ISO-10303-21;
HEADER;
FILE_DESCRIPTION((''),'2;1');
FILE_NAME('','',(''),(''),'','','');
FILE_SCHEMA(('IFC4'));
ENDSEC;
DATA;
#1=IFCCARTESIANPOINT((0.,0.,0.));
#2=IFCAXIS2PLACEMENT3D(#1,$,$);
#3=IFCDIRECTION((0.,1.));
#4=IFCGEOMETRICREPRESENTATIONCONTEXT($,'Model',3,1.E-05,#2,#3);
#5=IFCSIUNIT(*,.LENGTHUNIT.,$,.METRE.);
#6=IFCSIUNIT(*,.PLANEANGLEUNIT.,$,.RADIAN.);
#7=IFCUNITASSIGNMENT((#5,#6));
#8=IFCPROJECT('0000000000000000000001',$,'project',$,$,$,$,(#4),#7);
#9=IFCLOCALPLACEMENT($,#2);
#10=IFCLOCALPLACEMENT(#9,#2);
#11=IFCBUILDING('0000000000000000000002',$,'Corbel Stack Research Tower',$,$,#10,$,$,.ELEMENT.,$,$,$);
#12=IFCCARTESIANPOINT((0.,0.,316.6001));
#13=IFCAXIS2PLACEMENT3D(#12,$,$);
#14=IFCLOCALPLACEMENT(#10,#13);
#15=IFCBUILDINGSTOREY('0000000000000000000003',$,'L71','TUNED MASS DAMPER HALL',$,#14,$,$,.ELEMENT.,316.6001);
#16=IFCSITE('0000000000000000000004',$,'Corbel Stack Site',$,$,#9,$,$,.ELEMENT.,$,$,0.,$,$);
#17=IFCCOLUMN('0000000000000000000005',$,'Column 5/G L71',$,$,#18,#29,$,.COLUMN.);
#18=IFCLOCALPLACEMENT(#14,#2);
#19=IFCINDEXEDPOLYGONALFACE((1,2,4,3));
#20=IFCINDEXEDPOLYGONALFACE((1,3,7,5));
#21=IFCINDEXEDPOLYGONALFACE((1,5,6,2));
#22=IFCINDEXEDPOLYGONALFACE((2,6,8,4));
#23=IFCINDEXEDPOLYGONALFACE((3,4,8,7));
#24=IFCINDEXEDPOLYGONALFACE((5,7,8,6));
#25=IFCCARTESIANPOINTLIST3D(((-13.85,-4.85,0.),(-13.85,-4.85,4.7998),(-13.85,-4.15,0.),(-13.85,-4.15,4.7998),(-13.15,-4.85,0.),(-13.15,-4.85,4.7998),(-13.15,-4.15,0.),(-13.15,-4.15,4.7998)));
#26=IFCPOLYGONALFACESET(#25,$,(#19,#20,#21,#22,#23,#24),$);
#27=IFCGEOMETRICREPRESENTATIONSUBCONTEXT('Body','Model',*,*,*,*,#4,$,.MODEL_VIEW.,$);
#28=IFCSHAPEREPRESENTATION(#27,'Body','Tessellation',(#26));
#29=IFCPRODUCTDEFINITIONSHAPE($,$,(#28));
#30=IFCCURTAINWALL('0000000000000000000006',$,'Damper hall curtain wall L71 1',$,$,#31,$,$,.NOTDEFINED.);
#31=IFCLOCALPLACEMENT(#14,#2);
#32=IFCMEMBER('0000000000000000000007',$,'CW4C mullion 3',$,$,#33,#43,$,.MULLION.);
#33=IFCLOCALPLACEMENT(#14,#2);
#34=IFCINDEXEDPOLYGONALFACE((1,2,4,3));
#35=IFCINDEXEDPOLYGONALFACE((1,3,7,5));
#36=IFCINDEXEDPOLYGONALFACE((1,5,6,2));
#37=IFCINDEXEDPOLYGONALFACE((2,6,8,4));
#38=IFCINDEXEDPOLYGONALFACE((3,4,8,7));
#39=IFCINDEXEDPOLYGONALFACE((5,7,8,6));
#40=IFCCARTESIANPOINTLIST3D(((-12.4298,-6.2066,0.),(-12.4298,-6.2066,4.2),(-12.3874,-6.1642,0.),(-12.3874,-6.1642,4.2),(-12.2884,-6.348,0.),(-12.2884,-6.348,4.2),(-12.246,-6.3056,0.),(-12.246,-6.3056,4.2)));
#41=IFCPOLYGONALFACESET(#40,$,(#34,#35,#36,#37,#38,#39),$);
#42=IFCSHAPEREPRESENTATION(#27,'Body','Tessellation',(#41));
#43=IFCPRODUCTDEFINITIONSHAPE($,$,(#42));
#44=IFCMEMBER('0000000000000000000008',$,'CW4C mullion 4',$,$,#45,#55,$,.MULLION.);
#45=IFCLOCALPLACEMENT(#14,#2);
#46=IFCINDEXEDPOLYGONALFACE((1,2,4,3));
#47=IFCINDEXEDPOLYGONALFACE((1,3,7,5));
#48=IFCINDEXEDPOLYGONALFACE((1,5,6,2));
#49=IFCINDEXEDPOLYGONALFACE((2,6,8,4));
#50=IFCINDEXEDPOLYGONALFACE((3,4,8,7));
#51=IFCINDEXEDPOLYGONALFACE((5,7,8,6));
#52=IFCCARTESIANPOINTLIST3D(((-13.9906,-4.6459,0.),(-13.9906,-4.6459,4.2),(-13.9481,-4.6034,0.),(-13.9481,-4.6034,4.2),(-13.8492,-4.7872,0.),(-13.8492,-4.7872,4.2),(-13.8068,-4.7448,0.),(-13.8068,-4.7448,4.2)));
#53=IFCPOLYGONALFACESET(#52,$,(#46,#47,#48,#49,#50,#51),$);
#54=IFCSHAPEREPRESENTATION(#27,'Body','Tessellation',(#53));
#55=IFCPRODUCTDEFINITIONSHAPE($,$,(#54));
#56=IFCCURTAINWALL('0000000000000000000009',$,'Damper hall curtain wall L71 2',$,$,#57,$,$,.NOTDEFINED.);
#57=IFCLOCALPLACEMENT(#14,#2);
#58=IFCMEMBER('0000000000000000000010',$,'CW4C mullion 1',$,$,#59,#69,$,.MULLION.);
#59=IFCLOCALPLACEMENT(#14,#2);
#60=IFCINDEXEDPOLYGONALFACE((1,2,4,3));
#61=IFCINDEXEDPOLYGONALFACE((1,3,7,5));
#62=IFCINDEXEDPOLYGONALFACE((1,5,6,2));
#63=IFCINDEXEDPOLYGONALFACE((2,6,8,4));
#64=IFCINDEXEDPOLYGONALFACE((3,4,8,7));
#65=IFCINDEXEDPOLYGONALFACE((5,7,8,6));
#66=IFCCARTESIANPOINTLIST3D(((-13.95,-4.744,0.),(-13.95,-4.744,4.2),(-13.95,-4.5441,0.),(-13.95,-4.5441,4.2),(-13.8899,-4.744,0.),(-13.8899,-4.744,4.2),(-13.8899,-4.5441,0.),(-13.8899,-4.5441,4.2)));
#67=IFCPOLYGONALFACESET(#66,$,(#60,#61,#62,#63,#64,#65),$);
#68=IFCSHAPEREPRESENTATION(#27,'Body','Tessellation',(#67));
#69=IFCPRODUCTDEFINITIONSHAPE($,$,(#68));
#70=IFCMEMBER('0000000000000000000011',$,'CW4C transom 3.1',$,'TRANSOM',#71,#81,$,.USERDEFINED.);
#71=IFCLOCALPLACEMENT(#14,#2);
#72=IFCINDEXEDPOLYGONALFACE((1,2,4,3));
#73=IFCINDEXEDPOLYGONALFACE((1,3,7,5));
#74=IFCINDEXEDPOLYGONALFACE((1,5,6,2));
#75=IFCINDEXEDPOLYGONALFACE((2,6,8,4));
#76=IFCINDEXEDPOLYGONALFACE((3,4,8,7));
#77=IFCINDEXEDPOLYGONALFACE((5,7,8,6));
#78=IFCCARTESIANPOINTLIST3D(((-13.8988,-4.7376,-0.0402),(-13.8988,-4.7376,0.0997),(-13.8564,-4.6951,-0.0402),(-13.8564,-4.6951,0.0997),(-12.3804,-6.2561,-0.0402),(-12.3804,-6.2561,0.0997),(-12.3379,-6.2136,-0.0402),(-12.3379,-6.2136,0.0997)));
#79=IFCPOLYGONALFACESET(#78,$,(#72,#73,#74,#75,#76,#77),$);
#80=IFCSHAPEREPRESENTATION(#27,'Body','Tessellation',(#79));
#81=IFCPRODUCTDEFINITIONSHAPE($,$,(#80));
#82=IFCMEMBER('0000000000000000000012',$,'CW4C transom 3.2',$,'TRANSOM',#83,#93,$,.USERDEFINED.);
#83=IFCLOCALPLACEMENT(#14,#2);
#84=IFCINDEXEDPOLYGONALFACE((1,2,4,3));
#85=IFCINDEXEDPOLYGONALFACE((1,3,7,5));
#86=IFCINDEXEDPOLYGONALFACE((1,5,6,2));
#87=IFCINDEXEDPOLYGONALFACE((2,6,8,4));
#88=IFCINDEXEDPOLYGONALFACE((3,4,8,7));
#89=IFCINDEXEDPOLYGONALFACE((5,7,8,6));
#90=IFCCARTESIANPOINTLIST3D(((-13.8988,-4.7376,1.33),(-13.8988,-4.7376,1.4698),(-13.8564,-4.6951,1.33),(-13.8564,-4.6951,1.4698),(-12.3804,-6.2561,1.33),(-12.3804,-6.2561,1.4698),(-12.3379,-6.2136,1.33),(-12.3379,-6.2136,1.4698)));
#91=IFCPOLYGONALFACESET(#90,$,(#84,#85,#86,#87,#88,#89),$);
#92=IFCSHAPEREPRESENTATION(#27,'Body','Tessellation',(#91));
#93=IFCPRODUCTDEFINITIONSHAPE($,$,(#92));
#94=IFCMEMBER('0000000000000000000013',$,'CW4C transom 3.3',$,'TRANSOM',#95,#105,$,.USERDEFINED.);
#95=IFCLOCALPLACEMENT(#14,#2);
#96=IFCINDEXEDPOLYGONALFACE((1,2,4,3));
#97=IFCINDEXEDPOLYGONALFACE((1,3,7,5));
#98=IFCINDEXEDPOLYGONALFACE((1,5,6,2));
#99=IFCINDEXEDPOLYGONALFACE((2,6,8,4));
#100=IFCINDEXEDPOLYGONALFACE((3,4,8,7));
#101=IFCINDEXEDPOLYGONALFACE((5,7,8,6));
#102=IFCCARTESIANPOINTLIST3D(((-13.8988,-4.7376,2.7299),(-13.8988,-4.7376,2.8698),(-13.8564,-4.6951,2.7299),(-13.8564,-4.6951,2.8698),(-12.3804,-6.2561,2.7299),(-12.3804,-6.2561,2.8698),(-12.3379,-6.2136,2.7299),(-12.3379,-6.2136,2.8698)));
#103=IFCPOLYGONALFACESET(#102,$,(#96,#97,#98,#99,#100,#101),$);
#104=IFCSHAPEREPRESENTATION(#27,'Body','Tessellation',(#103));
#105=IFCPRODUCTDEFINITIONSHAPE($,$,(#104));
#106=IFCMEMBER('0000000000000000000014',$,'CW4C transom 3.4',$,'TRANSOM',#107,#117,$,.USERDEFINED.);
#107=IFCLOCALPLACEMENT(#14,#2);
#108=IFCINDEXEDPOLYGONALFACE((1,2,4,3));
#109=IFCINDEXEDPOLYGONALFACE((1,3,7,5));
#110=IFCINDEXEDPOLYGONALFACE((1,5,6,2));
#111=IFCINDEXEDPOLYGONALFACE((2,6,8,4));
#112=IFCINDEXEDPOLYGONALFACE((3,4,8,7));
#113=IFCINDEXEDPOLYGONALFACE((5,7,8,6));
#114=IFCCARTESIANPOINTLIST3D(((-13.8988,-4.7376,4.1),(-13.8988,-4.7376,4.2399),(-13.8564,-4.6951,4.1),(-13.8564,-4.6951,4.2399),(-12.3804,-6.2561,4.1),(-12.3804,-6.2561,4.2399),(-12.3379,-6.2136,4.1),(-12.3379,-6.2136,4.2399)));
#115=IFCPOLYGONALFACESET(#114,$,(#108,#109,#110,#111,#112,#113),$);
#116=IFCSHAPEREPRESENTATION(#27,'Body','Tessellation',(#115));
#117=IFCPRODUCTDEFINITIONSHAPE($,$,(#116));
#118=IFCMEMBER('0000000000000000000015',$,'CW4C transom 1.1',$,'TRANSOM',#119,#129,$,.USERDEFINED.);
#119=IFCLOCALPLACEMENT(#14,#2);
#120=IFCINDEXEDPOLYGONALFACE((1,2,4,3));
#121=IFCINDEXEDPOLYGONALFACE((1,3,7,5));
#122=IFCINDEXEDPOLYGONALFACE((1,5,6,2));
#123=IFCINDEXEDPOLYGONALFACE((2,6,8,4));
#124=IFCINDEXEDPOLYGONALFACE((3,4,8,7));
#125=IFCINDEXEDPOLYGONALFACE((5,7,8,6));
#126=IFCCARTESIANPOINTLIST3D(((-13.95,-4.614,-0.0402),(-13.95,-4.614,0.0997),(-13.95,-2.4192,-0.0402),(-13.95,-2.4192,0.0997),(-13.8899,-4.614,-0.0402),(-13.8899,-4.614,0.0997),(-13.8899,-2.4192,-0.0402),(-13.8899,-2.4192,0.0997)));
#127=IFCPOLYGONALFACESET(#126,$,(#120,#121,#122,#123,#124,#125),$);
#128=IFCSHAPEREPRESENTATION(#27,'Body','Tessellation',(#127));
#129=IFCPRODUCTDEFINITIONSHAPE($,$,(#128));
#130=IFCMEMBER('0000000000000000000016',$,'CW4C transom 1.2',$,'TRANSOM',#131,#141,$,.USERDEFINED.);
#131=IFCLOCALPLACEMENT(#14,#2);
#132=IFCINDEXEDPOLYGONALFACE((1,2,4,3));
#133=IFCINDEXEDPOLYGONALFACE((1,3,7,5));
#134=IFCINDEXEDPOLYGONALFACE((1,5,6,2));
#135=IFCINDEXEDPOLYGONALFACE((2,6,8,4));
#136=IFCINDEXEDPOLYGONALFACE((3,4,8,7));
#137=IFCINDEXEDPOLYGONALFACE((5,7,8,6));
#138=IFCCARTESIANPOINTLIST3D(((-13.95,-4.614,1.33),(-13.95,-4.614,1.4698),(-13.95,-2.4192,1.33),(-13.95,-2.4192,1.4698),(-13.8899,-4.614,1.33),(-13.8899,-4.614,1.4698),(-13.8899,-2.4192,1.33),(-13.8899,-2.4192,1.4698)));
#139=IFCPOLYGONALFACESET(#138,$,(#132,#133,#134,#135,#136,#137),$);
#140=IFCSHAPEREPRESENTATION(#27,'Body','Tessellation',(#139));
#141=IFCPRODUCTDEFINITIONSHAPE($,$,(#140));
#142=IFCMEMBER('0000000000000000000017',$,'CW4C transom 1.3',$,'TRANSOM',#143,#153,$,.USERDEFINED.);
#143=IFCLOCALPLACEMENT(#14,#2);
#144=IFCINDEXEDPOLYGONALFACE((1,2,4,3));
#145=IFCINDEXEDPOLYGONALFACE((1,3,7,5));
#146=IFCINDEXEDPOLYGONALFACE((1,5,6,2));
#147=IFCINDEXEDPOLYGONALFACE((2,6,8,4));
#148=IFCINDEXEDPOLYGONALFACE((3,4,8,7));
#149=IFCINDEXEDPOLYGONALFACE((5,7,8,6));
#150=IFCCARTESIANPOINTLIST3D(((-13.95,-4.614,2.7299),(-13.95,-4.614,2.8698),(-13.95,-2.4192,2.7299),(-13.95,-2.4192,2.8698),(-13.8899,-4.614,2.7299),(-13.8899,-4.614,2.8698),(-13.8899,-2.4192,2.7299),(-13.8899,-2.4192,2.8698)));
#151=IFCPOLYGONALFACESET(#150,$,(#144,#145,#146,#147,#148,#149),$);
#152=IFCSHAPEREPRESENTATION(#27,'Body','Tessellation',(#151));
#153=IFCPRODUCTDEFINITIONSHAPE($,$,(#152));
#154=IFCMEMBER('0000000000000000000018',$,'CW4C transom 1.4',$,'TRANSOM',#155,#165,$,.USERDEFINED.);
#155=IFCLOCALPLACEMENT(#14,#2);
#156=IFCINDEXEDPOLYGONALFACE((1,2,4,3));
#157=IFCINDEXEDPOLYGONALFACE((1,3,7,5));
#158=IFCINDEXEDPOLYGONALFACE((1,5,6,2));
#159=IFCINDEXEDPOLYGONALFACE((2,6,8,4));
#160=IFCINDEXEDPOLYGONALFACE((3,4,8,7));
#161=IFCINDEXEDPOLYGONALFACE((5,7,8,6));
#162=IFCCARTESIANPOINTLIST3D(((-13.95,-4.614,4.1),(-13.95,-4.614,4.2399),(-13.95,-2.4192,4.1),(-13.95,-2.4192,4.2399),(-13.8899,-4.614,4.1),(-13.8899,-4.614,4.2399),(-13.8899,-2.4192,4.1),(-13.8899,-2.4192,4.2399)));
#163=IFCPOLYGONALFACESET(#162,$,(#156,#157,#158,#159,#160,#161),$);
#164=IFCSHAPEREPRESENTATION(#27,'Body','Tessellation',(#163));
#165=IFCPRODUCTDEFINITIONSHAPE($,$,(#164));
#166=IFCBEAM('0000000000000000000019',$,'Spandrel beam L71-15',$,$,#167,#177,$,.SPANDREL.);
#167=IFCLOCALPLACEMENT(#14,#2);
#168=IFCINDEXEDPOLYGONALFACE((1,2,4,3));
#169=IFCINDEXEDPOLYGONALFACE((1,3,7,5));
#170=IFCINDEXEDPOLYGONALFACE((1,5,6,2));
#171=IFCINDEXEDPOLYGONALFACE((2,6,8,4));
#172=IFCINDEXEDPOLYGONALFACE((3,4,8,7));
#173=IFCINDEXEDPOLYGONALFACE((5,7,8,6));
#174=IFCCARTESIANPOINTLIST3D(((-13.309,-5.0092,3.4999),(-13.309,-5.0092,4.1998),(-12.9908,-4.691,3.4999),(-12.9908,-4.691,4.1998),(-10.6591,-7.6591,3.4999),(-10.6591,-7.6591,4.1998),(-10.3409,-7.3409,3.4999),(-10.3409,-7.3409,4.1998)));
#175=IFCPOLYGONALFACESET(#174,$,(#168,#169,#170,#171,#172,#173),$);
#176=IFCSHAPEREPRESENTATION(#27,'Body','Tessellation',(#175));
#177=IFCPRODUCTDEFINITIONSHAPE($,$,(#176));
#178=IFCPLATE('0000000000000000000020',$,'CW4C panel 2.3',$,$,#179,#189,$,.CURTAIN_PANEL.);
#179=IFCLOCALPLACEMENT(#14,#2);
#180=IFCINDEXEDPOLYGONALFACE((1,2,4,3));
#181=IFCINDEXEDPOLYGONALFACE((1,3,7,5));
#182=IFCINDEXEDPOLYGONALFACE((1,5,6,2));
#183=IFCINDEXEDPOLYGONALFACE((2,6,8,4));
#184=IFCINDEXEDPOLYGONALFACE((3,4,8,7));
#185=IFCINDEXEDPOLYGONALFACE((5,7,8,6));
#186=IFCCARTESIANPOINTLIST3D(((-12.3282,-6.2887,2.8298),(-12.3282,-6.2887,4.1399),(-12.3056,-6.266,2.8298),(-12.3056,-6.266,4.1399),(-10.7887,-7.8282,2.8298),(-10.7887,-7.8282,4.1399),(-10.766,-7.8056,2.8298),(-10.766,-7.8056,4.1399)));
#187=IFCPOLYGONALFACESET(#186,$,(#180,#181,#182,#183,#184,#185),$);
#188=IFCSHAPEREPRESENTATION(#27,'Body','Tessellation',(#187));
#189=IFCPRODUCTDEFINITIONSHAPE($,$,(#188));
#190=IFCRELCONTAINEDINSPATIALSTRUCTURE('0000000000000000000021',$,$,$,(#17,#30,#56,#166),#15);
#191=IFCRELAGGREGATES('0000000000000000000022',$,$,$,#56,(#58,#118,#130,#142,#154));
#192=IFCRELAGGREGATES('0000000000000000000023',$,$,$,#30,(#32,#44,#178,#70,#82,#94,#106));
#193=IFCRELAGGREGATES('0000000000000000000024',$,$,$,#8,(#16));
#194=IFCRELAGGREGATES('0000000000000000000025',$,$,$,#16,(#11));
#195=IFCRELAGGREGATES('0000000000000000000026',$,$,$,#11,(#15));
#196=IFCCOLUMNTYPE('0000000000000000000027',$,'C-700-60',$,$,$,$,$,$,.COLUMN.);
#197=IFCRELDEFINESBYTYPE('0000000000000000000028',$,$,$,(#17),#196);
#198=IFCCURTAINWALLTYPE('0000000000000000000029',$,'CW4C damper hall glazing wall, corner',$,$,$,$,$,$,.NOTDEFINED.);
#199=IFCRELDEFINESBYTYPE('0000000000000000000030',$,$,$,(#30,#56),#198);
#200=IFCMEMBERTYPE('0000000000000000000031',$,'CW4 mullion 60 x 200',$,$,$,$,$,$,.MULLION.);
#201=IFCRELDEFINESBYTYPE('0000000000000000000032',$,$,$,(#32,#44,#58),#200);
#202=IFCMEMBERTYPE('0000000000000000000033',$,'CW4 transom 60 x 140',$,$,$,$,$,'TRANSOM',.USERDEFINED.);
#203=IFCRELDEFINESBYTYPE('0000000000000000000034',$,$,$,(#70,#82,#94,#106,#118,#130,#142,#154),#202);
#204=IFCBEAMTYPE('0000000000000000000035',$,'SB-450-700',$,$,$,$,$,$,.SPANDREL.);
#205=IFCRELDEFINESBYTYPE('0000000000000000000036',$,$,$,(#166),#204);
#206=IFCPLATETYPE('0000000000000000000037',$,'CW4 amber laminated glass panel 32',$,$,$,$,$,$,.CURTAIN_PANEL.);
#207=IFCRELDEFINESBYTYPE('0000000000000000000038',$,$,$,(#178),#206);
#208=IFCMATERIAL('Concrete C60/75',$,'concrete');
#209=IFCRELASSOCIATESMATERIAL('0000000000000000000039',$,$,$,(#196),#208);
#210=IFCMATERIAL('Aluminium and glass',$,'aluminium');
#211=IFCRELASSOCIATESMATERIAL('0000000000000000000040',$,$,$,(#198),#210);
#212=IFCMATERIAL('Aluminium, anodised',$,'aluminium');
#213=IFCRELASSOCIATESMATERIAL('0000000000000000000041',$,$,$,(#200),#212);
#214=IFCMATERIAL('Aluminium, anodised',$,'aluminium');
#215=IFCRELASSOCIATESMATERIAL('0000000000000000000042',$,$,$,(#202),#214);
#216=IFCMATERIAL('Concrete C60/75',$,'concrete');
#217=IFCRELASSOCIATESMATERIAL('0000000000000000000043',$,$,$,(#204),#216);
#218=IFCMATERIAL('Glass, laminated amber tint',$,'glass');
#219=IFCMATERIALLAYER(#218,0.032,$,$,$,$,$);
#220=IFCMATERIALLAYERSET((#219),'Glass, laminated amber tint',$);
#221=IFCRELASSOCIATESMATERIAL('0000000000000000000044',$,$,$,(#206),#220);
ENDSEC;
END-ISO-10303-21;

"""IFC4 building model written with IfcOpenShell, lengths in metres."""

from ifc_helpers import new_model, si_unit, direction, frame, origin, origin_2d, place, context, subcontext, project, spatial, rectangle, extrude, material, layer, layer_set, material_profile, profile_set, type_object, element, aggregate, save


model = new_model("IFC4")

# Units and contexts
model_context = context("Model", 3, precision=1e-05, world=origin(), true_north=direction((0.0, 1.0)))
body_context = subcontext(model_context, "Body", "Model", "MODEL_VIEW")
ifc_project = project(units=[si_unit("LENGTHUNIT", "METRE"), si_unit("PLANEANGLEUNIT", "RADIAN")], contexts=[model_context])

# Site, building, storey
site_placement = place(None, origin())
site = spatial("IfcSite", under=ifc_project, at=site_placement, Name="Corbel Stack Site", CompositionType="ELEMENT", RefElevation=0.0)
building_placement = place(site_placement, origin())
building = spatial("IfcBuilding", under=site, at=building_placement, Name="Corbel Stack Research Tower", CompositionType="ELEMENT")
storey_placement = place(building_placement, frame((0.0, 0.0, 316.6001)))
storey = spatial("IfcBuildingStorey", under=building, at=storey_placement, Name="L71", Description="TUNED MASS DAMPER HALL", CompositionType="ELEMENT", Elevation=316.6001)

# Column
ifc_material_1 = material(Name="Concrete C60/75", Category="concrete")
ifc_material_profile_1 = material_profile(ifc_material_1, rectangle(XDim=0.7, YDim=0.7, at=origin_2d()), Name="RC 700 x 700")
ifc_profile_set_1 = profile_set([ifc_material_profile_1], Name="Concrete C60/75")
column_type = type_object("IfcColumnType", Name="C-700-60", PredefinedType="COLUMN", material=ifc_profile_set_1)
column_placement = place(storey_placement, frame((-13.5, -4.5, 0.0), z_axis=(0.0, 0.0, 1.0), x_axis=(1.0, 0.0, 0.0)))
element("IfcColumn", 1, at=column_placement, inside=storey, type_object=column_type, Name="Column 5/G L71", PredefinedType="COLUMN", context=body_context, shape_type="SweptSolid", body=[
    extrude(rectangle(XDim=0.7, YDim=0.7, at=origin_2d()), origin(), (0.0, 0.0, 1.0), 4.7998),
])

# Curtain wall, members
ifc_material_2 = material(Name="Aluminium and glass", Category="aluminium")
curtain_wall_type = type_object("IfcCurtainWallType", Name="CW4C damper hall glazing wall, corner", PredefinedType="NOTDEFINED", material=ifc_material_2)
curtain_wall_1_placement = place(storey_placement, origin())
curtain_wall_1 = element("IfcCurtainWall", 2, at=curtain_wall_1_placement, inside=storey, type_object=curtain_wall_type, Name="Damper hall curtain wall L71 1", PredefinedType="NOTDEFINED")
ifc_material_3 = material(Name="Aluminium, anodised", Category="aluminium")
ifc_material_profile_2 = material_profile(ifc_material_3, rectangle(XDim=0.0601, YDim=0.2, at=origin_2d()), Name="CW4 mullion 60 x 200")
ifc_profile_set_2 = profile_set([ifc_material_profile_2], Name="Aluminium, anodised")
member_type_1 = type_object("IfcMemberType", Name="CW4 mullion 60 x 200", PredefinedType="MULLION", material=ifc_profile_set_2)
member_1_placement = place(storey_placement, frame((-12.3379, -6.2561, 0.0), z_axis=(0.0, 0.0, 1.0), x_axis=(-0.707107, -0.707107, 0.0)))
member_1 = element("IfcMember", 3, at=member_1_placement, type_object=member_type_1, Name="CW4C mullion 3", PredefinedType="MULLION", context=body_context, shape_type="SweptSolid", body=[
    extrude(rectangle(XDim=0.0601, YDim=0.2, at=origin_2d()), origin(), (0.0, 0.0, 1.0), 4.2),
])
member_2_placement = place(storey_placement, frame((-13.8987, -4.6953, 0.0), z_axis=(0.0, 0.0, 1.0), x_axis=(-0.707107, -0.707107, 0.0)))
member_2 = element("IfcMember", 4, at=member_2_placement, type_object=member_type_1, Name="CW4C mullion 4", PredefinedType="MULLION", context=body_context, shape_type="SweptSolid", body=[
    extrude(rectangle(XDim=0.0601, YDim=0.2, at=origin_2d()), origin(), (0.0, 0.0, 1.0), 4.2),
])

# Curtain wall, member
curtain_wall_2_placement = place(storey_placement, origin())
curtain_wall_2 = element("IfcCurtainWall", 5, at=curtain_wall_2_placement, inside=storey, type_object=curtain_wall_type, Name="Damper hall curtain wall L71 2", PredefinedType="NOTDEFINED")
member_3_placement = place(storey_placement, frame((-13.9199, -4.644, 0.0), z_axis=(0.0, 0.0, 1.0), x_axis=(-1.0, 0.0, 0.0)))
member_3 = element("IfcMember", 6, at=member_3_placement, type_object=member_type_1, Name="CW4C mullion 1", PredefinedType="MULLION", context=body_context, shape_type="SweptSolid", body=[
    extrude(rectangle(XDim=0.0601, YDim=0.2, at=origin_2d()), origin(), (0.0, 0.0, 1.0), 4.2),
])

# Members
ifc_material_4 = material(Name="Aluminium, anodised", Category="aluminium")
ifc_material_profile_3 = material_profile(ifc_material_4, rectangle(XDim=0.0601, YDim=0.1399, at=origin_2d()), Name="CW4 transom 60 x 140")
ifc_profile_set_3 = profile_set([ifc_material_profile_3], Name="Aluminium, anodised")
member_type_2 = type_object("IfcMemberType", Name="CW4 transom 60 x 140", ElementType="TRANSOM", PredefinedType="USERDEFINED", material=ifc_profile_set_3)
member_4_placement = place(storey_placement, frame((-12.3591, -6.2349, 0.0298), z_axis=(-0.707107, 0.707107, 0.0), x_axis=(-0.707107, -0.707107, 0.0)))
member_4 = element("IfcMember", 7, at=member_4_placement, type_object=member_type_2, Name="CW4C transom 3.1", ObjectType="TRANSOM", PredefinedType="USERDEFINED", context=body_context, shape_type="SweptSolid", body=[
    extrude(rectangle(XDim=0.0601, YDim=0.1399, at=origin_2d()), origin(), (0.0, 0.0, 1.0), 2.1475),
])
member_5_placement = place(storey_placement, frame((-12.3591, -6.2349, 1.3999), z_axis=(-0.707107, 0.707107, 0.0), x_axis=(-0.707107, -0.707107, 0.0)))
member_5 = element("IfcMember", 8, at=member_5_placement, type_object=member_type_2, Name="CW4C transom 3.2", ObjectType="TRANSOM", PredefinedType="USERDEFINED", context=body_context, shape_type="SweptSolid", body=[
    extrude(rectangle(XDim=0.0601, YDim=0.1399, at=origin_2d()), origin(), (0.0, 0.0, 1.0), 2.1475),
])
member_6_placement = place(storey_placement, frame((-12.3591, -6.2349, 2.7998), z_axis=(-0.707107, 0.707107, 0.0), x_axis=(-0.707107, -0.707107, 0.0)))
member_6 = element("IfcMember", 9, at=member_6_placement, type_object=member_type_2, Name="CW4C transom 3.3", ObjectType="TRANSOM", PredefinedType="USERDEFINED", context=body_context, shape_type="SweptSolid", body=[
    extrude(rectangle(XDim=0.0601, YDim=0.1399, at=origin_2d()), origin(), (0.0, 0.0, 1.0), 2.1475),
])
member_7_placement = place(storey_placement, frame((-12.3591, -6.2349, 4.1699), z_axis=(-0.707107, 0.707107, 0.0), x_axis=(-0.707107, -0.707107, 0.0)))
member_7 = element("IfcMember", 10, at=member_7_placement, type_object=member_type_2, Name="CW4C transom 3.4", ObjectType="TRANSOM", PredefinedType="USERDEFINED", context=body_context, shape_type="SweptSolid", body=[
    extrude(rectangle(XDim=0.0601, YDim=0.1399, at=origin_2d()), origin(), (0.0, 0.0, 1.0), 2.1475),
])
member_8_placement = place(storey_placement, frame((-13.9199, -4.614, 0.0298), z_axis=(0.0, 1.0, 0.0), x_axis=(-1.0, 0.0, 0.0)))
member_8 = element("IfcMember", 11, at=member_8_placement, type_object=member_type_2, Name="CW4C transom 1.1", ObjectType="TRANSOM", PredefinedType="USERDEFINED", context=body_context, shape_type="SweptSolid", body=[
    extrude(rectangle(XDim=0.0601, YDim=0.1399, at=origin_2d()), origin(), (0.0, 0.0, 1.0), 2.1948),
])
member_9_placement = place(storey_placement, frame((-13.9199, -4.614, 1.3999), z_axis=(0.0, 1.0, 0.0), x_axis=(-1.0, 0.0, 0.0)))
member_9 = element("IfcMember", 12, at=member_9_placement, type_object=member_type_2, Name="CW4C transom 1.2", ObjectType="TRANSOM", PredefinedType="USERDEFINED", context=body_context, shape_type="SweptSolid", body=[
    extrude(rectangle(XDim=0.0601, YDim=0.1399, at=origin_2d()), origin(), (0.0, 0.0, 1.0), 2.1948),
])
member_10_placement = place(storey_placement, frame((-13.9199, -4.614, 2.7998), z_axis=(0.0, 1.0, 0.0), x_axis=(-1.0, 0.0, 0.0)))
member_10 = element("IfcMember", 13, at=member_10_placement, type_object=member_type_2, Name="CW4C transom 1.3", ObjectType="TRANSOM", PredefinedType="USERDEFINED", context=body_context, shape_type="SweptSolid", body=[
    extrude(rectangle(XDim=0.0601, YDim=0.1399, at=origin_2d()), origin(), (0.0, 0.0, 1.0), 2.1948),
])
member_11_placement = place(storey_placement, frame((-13.9199, -4.614, 4.1699), z_axis=(0.0, 1.0, 0.0), x_axis=(-1.0, 0.0, 0.0)))
member_11 = element("IfcMember", 14, at=member_11_placement, type_object=member_type_2, Name="CW4C transom 1.4", ObjectType="TRANSOM", PredefinedType="USERDEFINED", context=body_context, shape_type="SweptSolid", body=[
    extrude(rectangle(XDim=0.0601, YDim=0.1399, at=origin_2d()), origin(), (0.0, 0.0, 1.0), 2.1948),
])
aggregate(curtain_wall_2, [member_3, member_8, member_9, member_10, member_11])

# Beam
ifc_material_5 = material(Name="Concrete C60/75", Category="concrete")
ifc_material_profile_4 = material_profile(ifc_material_5, rectangle(XDim=0.45, YDim=0.7, at=origin_2d()), Name="RC 450 x 700")
ifc_profile_set_4 = profile_set([ifc_material_profile_4], Name="Concrete C60/75")
beam_type = type_object("IfcBeamType", Name="SB-450-700", PredefinedType="SPANDREL", material=ifc_profile_set_4)
beam_placement = place(storey_placement, frame((-13.1499, -4.8501, 3.8499), z_axis=(0.707107, -0.707107, 0.0), x_axis=(0.707107, 0.707107, 0.0)))
element("IfcBeam", 15, at=beam_placement, inside=storey, type_object=beam_type, Name="Spandrel beam L71-15", PredefinedType="SPANDREL", context=body_context, shape_type="SweptSolid", body=[
    extrude(rectangle(XDim=0.45, YDim=0.7, at=origin_2d()), origin(), (0.0, 0.0, 1.0), 3.7476),
])

# Plate
ifc_material_6 = material(Name="Glass, laminated amber tint", Category="glass")
ifc_layer = layer(ifc_material_6, 0.032)
ifc_layer_set = layer_set([ifc_layer], Name="Glass, laminated amber tint")
plate_type = type_object("IfcPlateType", Name="CW4 amber laminated glass panel 32", PredefinedType="CURTAIN_PANEL", material=ifc_layer_set)
plate_1_placement = place(storey_placement, frame((-11.5471, -7.0471, 2.8298), z_axis=(0.0, 0.0, 1.0), x_axis=(-0.707107, 0.707107, 0.0)))
plate_1 = element("IfcPlate", 16, at=plate_1_placement, type_object=plate_type, Name="CW4C panel 2.3", PredefinedType="CURTAIN_PANEL", context=body_context, shape_type="SweptSolid", body=[
    extrude(rectangle(XDim=2.1772, YDim=0.032, at=origin_2d()), origin(), (0.0, 0.0, 1.0), 1.3101),
])
aggregate(curtain_wall_1, [member_1, member_2, plate_1, member_4, member_5, member_6, member_7])

save(model, "model.ifc")
